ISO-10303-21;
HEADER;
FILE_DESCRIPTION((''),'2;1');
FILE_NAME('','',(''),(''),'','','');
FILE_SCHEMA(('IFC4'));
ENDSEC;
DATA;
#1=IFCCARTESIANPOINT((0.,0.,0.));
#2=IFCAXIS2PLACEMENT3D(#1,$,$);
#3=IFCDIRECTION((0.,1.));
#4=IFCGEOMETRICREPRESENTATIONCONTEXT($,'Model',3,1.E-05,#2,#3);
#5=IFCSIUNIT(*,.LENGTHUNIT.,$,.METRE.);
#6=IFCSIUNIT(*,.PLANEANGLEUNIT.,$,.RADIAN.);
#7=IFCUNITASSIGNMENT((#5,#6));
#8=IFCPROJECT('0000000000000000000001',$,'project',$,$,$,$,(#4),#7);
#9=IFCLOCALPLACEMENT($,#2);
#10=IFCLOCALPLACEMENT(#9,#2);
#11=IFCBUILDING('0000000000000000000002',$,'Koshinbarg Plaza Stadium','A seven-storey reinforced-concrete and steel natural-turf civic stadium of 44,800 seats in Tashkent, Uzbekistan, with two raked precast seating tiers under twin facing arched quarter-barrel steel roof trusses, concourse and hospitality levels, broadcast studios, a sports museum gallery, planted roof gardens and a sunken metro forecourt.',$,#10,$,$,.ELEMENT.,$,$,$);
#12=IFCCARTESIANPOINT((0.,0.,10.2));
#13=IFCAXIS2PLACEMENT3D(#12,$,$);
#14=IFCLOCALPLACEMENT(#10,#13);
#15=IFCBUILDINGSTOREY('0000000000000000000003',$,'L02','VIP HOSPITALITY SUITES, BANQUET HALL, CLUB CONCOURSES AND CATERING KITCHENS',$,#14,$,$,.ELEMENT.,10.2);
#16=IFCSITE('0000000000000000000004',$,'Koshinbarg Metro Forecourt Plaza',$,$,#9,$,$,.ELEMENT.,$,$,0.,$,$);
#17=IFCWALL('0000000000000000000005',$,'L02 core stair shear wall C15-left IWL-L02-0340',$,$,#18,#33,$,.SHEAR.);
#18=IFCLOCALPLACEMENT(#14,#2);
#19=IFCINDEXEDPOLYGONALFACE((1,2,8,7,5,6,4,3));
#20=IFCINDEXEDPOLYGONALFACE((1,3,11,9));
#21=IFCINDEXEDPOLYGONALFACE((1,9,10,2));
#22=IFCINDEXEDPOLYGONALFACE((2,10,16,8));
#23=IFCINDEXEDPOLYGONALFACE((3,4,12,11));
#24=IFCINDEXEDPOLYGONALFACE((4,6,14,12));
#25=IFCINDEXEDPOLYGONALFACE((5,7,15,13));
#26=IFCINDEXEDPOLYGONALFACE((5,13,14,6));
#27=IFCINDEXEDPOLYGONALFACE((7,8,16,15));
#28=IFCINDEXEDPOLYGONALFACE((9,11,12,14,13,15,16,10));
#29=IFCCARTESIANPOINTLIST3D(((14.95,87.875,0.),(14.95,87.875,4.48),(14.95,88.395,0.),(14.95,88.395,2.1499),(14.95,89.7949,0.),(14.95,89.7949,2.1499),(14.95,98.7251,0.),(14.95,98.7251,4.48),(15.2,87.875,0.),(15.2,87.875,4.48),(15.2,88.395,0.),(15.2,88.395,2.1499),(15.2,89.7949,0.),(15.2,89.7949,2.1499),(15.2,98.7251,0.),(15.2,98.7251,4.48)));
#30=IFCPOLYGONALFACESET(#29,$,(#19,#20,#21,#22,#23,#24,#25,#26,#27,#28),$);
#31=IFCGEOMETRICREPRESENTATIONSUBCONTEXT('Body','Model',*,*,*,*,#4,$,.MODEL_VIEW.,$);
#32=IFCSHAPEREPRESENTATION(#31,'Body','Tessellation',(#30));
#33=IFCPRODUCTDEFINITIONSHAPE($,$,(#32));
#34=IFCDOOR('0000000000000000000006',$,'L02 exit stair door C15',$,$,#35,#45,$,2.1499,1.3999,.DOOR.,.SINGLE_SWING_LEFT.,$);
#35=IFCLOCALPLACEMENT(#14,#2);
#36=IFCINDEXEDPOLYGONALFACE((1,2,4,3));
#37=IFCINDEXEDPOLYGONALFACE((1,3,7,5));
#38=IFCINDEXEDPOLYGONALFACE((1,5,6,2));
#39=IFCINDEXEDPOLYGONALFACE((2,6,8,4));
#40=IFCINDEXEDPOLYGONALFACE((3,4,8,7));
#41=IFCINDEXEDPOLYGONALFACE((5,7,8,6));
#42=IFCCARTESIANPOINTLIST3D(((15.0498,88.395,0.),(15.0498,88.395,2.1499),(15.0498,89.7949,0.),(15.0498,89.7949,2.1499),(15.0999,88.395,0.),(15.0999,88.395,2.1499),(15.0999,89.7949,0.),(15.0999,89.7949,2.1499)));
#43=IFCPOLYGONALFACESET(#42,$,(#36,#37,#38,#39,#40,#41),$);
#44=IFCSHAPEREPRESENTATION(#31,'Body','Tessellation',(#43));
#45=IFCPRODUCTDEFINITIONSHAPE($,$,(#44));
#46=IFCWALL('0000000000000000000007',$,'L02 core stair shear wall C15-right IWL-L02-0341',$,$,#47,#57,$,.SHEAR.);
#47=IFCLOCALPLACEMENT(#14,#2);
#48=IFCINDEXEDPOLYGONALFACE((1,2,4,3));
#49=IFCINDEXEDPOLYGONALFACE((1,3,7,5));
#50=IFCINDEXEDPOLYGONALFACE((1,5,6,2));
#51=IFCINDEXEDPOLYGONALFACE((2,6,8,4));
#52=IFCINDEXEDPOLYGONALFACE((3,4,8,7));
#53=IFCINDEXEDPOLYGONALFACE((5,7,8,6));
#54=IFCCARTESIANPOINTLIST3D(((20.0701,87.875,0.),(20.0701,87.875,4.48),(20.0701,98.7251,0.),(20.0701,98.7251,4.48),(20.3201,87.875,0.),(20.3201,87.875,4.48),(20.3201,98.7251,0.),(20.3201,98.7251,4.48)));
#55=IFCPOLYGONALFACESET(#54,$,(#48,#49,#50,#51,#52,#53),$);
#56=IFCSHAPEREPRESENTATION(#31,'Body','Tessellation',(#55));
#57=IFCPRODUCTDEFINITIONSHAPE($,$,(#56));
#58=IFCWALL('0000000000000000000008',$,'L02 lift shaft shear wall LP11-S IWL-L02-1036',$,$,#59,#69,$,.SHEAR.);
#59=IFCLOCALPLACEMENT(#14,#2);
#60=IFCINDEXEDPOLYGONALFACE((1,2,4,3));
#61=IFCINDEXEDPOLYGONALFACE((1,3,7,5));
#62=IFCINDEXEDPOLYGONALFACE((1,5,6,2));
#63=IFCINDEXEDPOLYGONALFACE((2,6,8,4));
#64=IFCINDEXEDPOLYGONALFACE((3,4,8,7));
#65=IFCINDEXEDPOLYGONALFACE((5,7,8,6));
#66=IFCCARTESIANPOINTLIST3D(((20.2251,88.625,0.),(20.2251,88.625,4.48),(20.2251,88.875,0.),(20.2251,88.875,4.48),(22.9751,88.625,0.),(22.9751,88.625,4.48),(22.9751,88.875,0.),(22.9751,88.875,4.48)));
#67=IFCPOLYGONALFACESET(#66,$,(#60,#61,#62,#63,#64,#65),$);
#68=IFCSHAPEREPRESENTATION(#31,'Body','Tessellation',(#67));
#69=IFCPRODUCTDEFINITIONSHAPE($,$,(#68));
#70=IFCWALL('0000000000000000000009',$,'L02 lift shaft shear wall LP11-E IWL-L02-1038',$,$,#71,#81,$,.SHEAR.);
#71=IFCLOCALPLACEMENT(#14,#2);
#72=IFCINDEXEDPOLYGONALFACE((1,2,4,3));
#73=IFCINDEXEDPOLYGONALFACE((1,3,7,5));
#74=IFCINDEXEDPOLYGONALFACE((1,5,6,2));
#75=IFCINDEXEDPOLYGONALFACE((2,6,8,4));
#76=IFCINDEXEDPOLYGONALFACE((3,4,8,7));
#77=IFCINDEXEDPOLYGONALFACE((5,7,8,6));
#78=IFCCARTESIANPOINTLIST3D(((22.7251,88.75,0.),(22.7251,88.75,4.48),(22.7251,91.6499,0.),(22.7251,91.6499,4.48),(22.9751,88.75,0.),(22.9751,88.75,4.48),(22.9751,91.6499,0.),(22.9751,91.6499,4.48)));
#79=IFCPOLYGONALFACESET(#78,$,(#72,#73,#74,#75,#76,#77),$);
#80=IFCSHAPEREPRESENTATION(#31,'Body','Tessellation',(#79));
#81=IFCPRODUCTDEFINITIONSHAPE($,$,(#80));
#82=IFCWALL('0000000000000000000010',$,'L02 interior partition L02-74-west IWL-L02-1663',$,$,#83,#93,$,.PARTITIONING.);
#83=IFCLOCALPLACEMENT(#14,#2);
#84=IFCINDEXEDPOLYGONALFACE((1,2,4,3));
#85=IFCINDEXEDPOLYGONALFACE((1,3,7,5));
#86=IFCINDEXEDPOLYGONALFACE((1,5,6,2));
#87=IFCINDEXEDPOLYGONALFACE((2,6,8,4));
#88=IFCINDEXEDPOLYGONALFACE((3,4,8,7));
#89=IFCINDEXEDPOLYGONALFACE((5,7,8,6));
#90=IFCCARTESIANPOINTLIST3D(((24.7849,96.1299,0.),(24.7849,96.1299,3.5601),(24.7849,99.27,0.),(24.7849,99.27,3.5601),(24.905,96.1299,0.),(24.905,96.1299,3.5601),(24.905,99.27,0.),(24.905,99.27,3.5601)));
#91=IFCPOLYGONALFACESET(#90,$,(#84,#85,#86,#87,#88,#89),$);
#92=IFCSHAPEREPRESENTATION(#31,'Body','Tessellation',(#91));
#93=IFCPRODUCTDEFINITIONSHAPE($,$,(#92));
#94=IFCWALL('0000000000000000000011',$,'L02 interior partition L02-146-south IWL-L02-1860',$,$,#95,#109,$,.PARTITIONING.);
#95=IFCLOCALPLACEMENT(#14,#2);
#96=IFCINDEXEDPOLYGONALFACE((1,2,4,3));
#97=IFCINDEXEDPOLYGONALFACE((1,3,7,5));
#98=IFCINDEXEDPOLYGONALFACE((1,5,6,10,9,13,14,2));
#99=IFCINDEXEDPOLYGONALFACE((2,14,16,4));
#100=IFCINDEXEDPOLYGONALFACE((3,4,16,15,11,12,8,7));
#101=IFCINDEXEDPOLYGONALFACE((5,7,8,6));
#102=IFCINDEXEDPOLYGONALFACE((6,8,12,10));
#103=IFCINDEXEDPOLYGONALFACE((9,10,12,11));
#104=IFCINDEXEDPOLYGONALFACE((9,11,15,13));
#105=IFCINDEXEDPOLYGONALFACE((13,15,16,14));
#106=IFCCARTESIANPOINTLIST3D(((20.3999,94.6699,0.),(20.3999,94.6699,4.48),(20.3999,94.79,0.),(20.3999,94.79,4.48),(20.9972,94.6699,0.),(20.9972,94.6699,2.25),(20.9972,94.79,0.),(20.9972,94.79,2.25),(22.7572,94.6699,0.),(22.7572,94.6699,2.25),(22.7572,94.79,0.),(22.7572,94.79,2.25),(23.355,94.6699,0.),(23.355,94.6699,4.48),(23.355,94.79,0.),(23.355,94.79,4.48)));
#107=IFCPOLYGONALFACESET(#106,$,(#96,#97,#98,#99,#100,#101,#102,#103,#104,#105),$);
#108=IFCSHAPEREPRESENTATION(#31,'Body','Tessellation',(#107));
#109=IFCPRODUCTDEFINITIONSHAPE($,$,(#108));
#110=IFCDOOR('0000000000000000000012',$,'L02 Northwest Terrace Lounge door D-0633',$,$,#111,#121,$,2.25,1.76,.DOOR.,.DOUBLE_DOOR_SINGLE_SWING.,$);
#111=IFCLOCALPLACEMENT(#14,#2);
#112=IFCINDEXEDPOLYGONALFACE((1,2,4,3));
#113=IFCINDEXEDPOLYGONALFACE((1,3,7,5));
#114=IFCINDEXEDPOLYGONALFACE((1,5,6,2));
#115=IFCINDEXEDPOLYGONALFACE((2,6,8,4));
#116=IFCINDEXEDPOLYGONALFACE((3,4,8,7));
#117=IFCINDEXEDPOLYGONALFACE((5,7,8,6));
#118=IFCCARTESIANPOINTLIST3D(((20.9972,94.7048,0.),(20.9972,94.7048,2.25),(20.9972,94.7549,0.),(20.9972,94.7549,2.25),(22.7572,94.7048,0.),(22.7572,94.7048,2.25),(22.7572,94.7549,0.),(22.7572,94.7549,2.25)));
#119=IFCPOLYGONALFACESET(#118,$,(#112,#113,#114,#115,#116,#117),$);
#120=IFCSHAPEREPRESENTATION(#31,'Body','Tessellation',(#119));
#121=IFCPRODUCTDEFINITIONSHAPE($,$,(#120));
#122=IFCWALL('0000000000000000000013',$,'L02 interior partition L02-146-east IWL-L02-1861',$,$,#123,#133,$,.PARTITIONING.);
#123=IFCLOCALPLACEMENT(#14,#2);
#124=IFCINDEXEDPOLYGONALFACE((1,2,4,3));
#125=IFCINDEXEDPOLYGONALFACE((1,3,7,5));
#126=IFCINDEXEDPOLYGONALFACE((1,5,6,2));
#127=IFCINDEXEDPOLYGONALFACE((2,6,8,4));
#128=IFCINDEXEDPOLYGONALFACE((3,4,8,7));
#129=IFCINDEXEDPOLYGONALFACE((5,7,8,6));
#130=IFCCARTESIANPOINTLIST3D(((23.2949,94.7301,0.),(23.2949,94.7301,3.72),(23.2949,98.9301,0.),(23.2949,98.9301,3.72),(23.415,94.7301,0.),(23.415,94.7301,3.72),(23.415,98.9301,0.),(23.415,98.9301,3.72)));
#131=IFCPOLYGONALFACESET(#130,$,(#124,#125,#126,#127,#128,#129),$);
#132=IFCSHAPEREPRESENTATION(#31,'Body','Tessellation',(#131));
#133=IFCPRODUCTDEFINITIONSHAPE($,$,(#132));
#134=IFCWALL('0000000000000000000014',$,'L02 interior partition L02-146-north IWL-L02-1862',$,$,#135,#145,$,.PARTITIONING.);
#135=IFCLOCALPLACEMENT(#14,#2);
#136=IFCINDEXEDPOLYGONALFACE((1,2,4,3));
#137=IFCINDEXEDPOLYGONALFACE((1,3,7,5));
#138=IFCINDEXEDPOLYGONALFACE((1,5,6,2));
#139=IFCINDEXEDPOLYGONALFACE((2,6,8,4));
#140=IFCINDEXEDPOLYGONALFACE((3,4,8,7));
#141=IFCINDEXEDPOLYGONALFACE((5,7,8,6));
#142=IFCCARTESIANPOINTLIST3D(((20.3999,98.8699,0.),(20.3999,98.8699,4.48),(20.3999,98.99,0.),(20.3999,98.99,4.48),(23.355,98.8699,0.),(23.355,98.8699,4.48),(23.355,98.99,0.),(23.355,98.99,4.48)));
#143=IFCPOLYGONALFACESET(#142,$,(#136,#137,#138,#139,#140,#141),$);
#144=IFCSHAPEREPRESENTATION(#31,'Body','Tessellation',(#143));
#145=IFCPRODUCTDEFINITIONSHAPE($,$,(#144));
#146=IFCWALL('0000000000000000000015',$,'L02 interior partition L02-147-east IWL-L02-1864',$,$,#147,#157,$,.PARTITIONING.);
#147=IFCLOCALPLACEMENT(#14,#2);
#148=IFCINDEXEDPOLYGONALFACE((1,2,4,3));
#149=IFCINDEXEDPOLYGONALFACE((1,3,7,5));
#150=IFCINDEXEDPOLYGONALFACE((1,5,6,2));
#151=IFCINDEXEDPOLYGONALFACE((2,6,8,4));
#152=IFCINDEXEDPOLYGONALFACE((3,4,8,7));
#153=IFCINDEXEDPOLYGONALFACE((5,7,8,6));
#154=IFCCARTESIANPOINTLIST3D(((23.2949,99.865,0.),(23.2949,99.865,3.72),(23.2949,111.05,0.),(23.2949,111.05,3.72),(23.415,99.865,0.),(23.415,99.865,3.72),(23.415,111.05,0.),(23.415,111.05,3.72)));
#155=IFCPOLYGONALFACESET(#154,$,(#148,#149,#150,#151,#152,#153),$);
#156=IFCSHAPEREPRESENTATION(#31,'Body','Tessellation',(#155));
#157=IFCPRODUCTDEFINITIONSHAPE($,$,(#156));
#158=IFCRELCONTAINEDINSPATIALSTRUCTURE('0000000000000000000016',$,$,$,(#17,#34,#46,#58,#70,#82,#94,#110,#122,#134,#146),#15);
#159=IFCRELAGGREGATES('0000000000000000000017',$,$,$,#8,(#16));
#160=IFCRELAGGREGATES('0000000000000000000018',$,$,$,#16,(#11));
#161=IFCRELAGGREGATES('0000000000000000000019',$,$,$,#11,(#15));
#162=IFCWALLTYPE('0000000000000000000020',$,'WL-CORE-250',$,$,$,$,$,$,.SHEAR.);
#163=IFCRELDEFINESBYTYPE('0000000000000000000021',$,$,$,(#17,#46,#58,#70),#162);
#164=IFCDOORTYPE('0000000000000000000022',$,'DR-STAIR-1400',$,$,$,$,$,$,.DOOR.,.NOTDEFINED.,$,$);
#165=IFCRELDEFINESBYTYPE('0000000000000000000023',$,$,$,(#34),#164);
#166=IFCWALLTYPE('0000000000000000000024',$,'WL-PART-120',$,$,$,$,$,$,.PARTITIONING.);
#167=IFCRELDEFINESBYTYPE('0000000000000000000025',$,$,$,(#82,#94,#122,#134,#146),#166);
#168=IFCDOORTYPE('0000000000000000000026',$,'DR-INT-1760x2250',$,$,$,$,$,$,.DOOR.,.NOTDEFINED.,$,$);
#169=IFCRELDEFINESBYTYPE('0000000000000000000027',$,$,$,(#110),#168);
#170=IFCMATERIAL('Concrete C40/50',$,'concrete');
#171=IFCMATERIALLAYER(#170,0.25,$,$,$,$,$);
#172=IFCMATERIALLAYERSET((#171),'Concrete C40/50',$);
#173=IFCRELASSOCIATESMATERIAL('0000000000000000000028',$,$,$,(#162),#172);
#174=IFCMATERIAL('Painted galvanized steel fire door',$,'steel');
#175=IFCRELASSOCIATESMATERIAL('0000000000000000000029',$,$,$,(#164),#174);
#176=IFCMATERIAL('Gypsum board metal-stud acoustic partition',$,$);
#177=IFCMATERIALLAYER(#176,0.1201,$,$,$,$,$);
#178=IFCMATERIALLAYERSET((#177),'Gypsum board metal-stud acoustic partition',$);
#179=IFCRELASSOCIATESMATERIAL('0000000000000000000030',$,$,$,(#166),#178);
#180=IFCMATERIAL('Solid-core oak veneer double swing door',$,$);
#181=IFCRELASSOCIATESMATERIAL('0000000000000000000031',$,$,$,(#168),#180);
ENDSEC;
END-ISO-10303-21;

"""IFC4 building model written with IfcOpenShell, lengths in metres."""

from ifc_helpers import new_model, si_unit, direction, frame, frame_2d, origin, place, context, subcontext, project, spatial, rectangle, extrude, material, layer, layer_set, type_object, element, fill, save


model = new_model("IFC4")

# Units and contexts
model_context = context("Model", 3, precision=1e-05, world=origin(), true_north=direction((0.0, 1.0)))
body_context = subcontext(model_context, "Body", "Model", "MODEL_VIEW")
ifc_project = project(units=[si_unit("LENGTHUNIT", "METRE"), si_unit("PLANEANGLEUNIT", "RADIAN")], contexts=[model_context])

# Site, building, storey
site_placement = place(None, origin())
site = spatial("IfcSite", under=ifc_project, at=site_placement, Name="Koshinbarg Metro Forecourt Plaza", CompositionType="ELEMENT", RefElevation=0.0)
building_placement = place(site_placement, origin())
building = spatial("IfcBuilding", under=site, at=building_placement, Name="Koshinbarg Plaza Stadium", Description="A seven-storey reinforced-concrete and steel natural-turf civic stadium of 44,800 seats in Tashkent, Uzbekistan, with two raked precast seating tiers under twin facing arched quarter-barrel steel roof trusses, concourse and hospitality levels, broadcast studios, a sports museum gallery, planted roof gardens and a sunken metro forecourt.", CompositionType="ELEMENT")
storey_placement = place(building_placement, frame((0.0, 0.0, 10.2)))
storey = spatial("IfcBuildingStorey", under=building, at=storey_placement, Name="L02", Description="VIP HOSPITALITY SUITES, BANQUET HALL, CLUB CONCOURSES AND CATERING KITCHENS", CompositionType="ELEMENT", Elevation=10.2)

# Shared definitions
ifc_material_1 = material(Name="Concrete C40/50", Category="concrete")

# Shared definitions
ifc_layer_1 = layer(ifc_material_1, 0.25)
ifc_layer_set_1 = layer_set([ifc_layer_1], Name="Concrete C40/50")
wall_type_1 = type_object("IfcWallType", Name="WL-CORE-250", PredefinedType="SHEAR", material=ifc_layer_set_1)

# Wall, opening, door
wall_1_placement = place(storey_placement, frame((15.075, 87.875, 0.0), z_axis=(0.0, 0.0, 1.0), x_axis=(0.0, 1.0, 0.0)))
wall_1 = element("IfcWall", 1, at=wall_1_placement, inside=storey, type_object=wall_type_1, Name="L02 core stair shear wall C15-left IWL-L02-0340", PredefinedType="SHEAR", context=body_context, shape_type="SweptSolid", body=[
    extrude(rectangle(XDim=10.8501, YDim=0.25, at=frame_2d((5.425, 0.0))), origin(), (0.0, 0.0, 1.0), 4.48),
])
opening_1_placement = place(wall_1_placement, frame((0.52, 0.0, 0.0)))
opening_1 = element("IfcOpeningElement", 2, at=opening_1_placement, cuts=wall_1, PredefinedType="OPENING", context=body_context, shape_type="SweptSolid", body=[
    extrude(rectangle(XDim=1.3999, YDim=2.1499, at=frame_2d((0.7, 1.075))), frame((0.0, 0.135, 0.0), z_axis=(0.0, -1.0, 0.0), x_axis=(1.0, 0.0, 0.0)), (0.0, 0.0, 1.0), 0.27),
])
ifc_material_2 = material(Name="Painted galvanized steel fire door", Category="steel")
door_type_1 = type_object("IfcDoorType", Name="DR-STAIR-1400", OperationType="NOTDEFINED", PredefinedType="DOOR", material=ifc_material_2)
door_1_placement = place(opening_1_placement, frame((1.3999, 0.0, 0.0), z_axis=(0.0, 0.0, 1.0), x_axis=(-1.0, 0.0, 0.0)))
door_1 = element("IfcDoor", 3, at=door_1_placement, inside=storey, type_object=door_type_1, Name="L02 exit stair door C15", OperationType="SINGLE_SWING_LEFT", OverallHeight=2.1499, OverallWidth=1.3999, PredefinedType="DOOR", context=body_context, shape_type="SweptSolid", body=[
    extrude(rectangle(XDim=1.3999, YDim=2.1499, at=frame_2d((0.7, 1.075))), frame((0.0, 0.0249, 0.0), z_axis=(0.0, -1.0, 0.0), x_axis=(1.0, 0.0, 0.0)), (0.0, 0.0, 1.0), 0.05),
])
fill(opening_1, door_1)

# Walls
wall_2_placement = place(storey_placement, frame((20.1951, 87.875, 0.0), z_axis=(0.0, 0.0, 1.0), x_axis=(0.0, 1.0, 0.0)))
element("IfcWall", 4, at=wall_2_placement, inside=storey, type_object=wall_type_1, Name="L02 core stair shear wall C15-right IWL-L02-0341", PredefinedType="SHEAR", context=body_context, shape_type="SweptSolid", body=[
    extrude(rectangle(XDim=10.8501, YDim=0.25, at=frame_2d((5.425, 0.0))), origin(), (0.0, 0.0, 1.0), 4.48),
])
wall_3_placement = place(storey_placement, frame((20.2251, 88.75, 0.0), z_axis=(0.0, 0.0, 1.0), x_axis=(1.0, 0.0, 0.0)))
element("IfcWall", 5, at=wall_3_placement, inside=storey, type_object=wall_type_1, Name="L02 lift shaft shear wall LP11-S IWL-L02-1036", PredefinedType="SHEAR", context=body_context, shape_type="SweptSolid", body=[
    extrude(rectangle(XDim=2.75, YDim=0.25, at=frame_2d((1.375, 0.0))), origin(), (0.0, 0.0, 1.0), 4.48),
])

# Walls
wall_4_placement = place(storey_placement, frame((22.8501, 88.75, 0.0), z_axis=(0.0, 0.0, 1.0), x_axis=(0.0, 1.0, 0.0)))
element("IfcWall", 6, at=wall_4_placement, inside=storey, type_object=wall_type_1, Name="L02 lift shaft shear wall LP11-E IWL-L02-1038", PredefinedType="SHEAR", context=body_context, shape_type="SweptSolid", body=[
    extrude(rectangle(XDim=2.8999, YDim=0.25, at=frame_2d((1.45, 0.0))), origin(), (0.0, 0.0, 1.0), 4.48),
])
ifc_material_3 = material(Name="Gypsum board metal-stud acoustic partition")
ifc_layer_2 = layer(ifc_material_3, 0.1201)
ifc_layer_set_2 = layer_set([ifc_layer_2], Name="Gypsum board metal-stud acoustic partition")
wall_type_2 = type_object("IfcWallType", Name="WL-PART-120", PredefinedType="PARTITIONING", material=ifc_layer_set_2)
wall_5_placement = place(storey_placement, frame((24.845, 99.27, 0.0), z_axis=(0.0, 0.0, 1.0), x_axis=(0.0, -1.0, 0.0)))
element("IfcWall", 7, at=wall_5_placement, inside=storey, type_object=wall_type_2, Name="L02 interior partition L02-74-west IWL-L02-1663", PredefinedType="PARTITIONING", context=body_context, shape_type="SweptSolid", body=[
    extrude(rectangle(XDim=3.1401, YDim=0.1201, at=frame_2d((1.5701, 0.0))), origin(), (0.0, 0.0, 1.0), 3.5601),
])

# Wall, opening, door
wall_6_placement = place(storey_placement, frame((20.3999, 94.73, 0.0), z_axis=(0.0, 0.0, 1.0), x_axis=(1.0, 0.0, 0.0)))
wall_6 = element("IfcWall", 8, at=wall_6_placement, inside=storey, type_object=wall_type_2, Name="L02 interior partition L02-146-south IWL-L02-1860", PredefinedType="PARTITIONING", context=body_context, shape_type="SweptSolid", body=[
    extrude(rectangle(XDim=2.9551, YDim=0.1201, at=frame_2d((1.4775, 0.0))), origin(), (0.0, 0.0, 1.0), 4.48),
])
opening_2_placement = place(wall_6_placement, frame((0.5974, 0.0, 0.0)))
opening_2 = element("IfcOpeningElement", 9, at=opening_2_placement, cuts=wall_6, PredefinedType="OPENING", context=body_context, shape_type="SweptSolid", body=[
    extrude(rectangle(XDim=1.76, YDim=2.25, at=frame_2d((0.8799, 1.125))), frame((0.0, 0.0701, 0.0), z_axis=(0.0, -1.0, 0.0), x_axis=(1.0, 0.0, 0.0)), (0.0, 0.0, 1.0), 0.1401),
])
ifc_material_4 = material(Name="Solid-core oak veneer double swing door")
door_type_2 = type_object("IfcDoorType", Name="DR-INT-1760x2250", OperationType="NOTDEFINED", PredefinedType="DOOR", material=ifc_material_4)
door_2_placement = place(opening_2_placement, origin())
door_2 = element("IfcDoor", 10, at=door_2_placement, inside=storey, type_object=door_type_2, Name="L02 Northwest Terrace Lounge door D-0633", OperationType="DOUBLE_DOOR_SINGLE_SWING", OverallHeight=2.25, OverallWidth=1.76, PredefinedType="DOOR", context=body_context, shape_type="SweptSolid", body=[
    extrude(rectangle(XDim=1.76, YDim=2.25, at=frame_2d((0.8799, 1.125))), frame((0.0, 0.0249, 0.0), z_axis=(0.0, -1.0, 0.0), x_axis=(1.0, 0.0, 0.0)), (0.0, 0.0, 1.0), 0.05),
])
fill(opening_2, door_2)

# Walls
wall_7_placement = place(storey_placement, frame((23.355, 94.73, 0.0), z_axis=(0.0, 0.0, 1.0), x_axis=(0.0, 1.0, 0.0)))
element("IfcWall", 11, at=wall_7_placement, inside=storey, type_object=wall_type_2, Name="L02 interior partition L02-146-east IWL-L02-1861", PredefinedType="PARTITIONING", context=body_context, shape_type="SweptSolid", body=[
    extrude(rectangle(XDim=4.2, YDim=0.1201, at=frame_2d((2.1001, 0.0))), origin(), (0.0, 0.0, 1.0), 3.72),
])
wall_8_placement = place(storey_placement, frame((23.355, 98.9299, 0.0), z_axis=(0.0, 0.0, 1.0), x_axis=(-1.0, 0.0, 0.0)))
element("IfcWall", 12, at=wall_8_placement, inside=storey, type_object=wall_type_2, Name="L02 interior partition L02-146-north IWL-L02-1862", PredefinedType="PARTITIONING", context=body_context, shape_type="SweptSolid", body=[
    extrude(rectangle(XDim=2.9551, YDim=0.1201, at=frame_2d((1.4775, 0.0))), origin(), (0.0, 0.0, 1.0), 4.48),
])
wall_9_placement = place(storey_placement, frame((23.355, 99.865, 0.0), z_axis=(0.0, 0.0, 1.0), x_axis=(0.0, 1.0, 0.0)))
element("IfcWall", 13, at=wall_9_placement, inside=storey, type_object=wall_type_2, Name="L02 interior partition L02-147-east IWL-L02-1864", PredefinedType="PARTITIONING", context=body_context, shape_type="SweptSolid", body=[
    extrude(rectangle(XDim=11.1851, YDim=0.1201, at=frame_2d((5.5925, 0.0))), origin(), (0.0, 0.0, 1.0), 3.72),
])

save(model, "model.ifc")
